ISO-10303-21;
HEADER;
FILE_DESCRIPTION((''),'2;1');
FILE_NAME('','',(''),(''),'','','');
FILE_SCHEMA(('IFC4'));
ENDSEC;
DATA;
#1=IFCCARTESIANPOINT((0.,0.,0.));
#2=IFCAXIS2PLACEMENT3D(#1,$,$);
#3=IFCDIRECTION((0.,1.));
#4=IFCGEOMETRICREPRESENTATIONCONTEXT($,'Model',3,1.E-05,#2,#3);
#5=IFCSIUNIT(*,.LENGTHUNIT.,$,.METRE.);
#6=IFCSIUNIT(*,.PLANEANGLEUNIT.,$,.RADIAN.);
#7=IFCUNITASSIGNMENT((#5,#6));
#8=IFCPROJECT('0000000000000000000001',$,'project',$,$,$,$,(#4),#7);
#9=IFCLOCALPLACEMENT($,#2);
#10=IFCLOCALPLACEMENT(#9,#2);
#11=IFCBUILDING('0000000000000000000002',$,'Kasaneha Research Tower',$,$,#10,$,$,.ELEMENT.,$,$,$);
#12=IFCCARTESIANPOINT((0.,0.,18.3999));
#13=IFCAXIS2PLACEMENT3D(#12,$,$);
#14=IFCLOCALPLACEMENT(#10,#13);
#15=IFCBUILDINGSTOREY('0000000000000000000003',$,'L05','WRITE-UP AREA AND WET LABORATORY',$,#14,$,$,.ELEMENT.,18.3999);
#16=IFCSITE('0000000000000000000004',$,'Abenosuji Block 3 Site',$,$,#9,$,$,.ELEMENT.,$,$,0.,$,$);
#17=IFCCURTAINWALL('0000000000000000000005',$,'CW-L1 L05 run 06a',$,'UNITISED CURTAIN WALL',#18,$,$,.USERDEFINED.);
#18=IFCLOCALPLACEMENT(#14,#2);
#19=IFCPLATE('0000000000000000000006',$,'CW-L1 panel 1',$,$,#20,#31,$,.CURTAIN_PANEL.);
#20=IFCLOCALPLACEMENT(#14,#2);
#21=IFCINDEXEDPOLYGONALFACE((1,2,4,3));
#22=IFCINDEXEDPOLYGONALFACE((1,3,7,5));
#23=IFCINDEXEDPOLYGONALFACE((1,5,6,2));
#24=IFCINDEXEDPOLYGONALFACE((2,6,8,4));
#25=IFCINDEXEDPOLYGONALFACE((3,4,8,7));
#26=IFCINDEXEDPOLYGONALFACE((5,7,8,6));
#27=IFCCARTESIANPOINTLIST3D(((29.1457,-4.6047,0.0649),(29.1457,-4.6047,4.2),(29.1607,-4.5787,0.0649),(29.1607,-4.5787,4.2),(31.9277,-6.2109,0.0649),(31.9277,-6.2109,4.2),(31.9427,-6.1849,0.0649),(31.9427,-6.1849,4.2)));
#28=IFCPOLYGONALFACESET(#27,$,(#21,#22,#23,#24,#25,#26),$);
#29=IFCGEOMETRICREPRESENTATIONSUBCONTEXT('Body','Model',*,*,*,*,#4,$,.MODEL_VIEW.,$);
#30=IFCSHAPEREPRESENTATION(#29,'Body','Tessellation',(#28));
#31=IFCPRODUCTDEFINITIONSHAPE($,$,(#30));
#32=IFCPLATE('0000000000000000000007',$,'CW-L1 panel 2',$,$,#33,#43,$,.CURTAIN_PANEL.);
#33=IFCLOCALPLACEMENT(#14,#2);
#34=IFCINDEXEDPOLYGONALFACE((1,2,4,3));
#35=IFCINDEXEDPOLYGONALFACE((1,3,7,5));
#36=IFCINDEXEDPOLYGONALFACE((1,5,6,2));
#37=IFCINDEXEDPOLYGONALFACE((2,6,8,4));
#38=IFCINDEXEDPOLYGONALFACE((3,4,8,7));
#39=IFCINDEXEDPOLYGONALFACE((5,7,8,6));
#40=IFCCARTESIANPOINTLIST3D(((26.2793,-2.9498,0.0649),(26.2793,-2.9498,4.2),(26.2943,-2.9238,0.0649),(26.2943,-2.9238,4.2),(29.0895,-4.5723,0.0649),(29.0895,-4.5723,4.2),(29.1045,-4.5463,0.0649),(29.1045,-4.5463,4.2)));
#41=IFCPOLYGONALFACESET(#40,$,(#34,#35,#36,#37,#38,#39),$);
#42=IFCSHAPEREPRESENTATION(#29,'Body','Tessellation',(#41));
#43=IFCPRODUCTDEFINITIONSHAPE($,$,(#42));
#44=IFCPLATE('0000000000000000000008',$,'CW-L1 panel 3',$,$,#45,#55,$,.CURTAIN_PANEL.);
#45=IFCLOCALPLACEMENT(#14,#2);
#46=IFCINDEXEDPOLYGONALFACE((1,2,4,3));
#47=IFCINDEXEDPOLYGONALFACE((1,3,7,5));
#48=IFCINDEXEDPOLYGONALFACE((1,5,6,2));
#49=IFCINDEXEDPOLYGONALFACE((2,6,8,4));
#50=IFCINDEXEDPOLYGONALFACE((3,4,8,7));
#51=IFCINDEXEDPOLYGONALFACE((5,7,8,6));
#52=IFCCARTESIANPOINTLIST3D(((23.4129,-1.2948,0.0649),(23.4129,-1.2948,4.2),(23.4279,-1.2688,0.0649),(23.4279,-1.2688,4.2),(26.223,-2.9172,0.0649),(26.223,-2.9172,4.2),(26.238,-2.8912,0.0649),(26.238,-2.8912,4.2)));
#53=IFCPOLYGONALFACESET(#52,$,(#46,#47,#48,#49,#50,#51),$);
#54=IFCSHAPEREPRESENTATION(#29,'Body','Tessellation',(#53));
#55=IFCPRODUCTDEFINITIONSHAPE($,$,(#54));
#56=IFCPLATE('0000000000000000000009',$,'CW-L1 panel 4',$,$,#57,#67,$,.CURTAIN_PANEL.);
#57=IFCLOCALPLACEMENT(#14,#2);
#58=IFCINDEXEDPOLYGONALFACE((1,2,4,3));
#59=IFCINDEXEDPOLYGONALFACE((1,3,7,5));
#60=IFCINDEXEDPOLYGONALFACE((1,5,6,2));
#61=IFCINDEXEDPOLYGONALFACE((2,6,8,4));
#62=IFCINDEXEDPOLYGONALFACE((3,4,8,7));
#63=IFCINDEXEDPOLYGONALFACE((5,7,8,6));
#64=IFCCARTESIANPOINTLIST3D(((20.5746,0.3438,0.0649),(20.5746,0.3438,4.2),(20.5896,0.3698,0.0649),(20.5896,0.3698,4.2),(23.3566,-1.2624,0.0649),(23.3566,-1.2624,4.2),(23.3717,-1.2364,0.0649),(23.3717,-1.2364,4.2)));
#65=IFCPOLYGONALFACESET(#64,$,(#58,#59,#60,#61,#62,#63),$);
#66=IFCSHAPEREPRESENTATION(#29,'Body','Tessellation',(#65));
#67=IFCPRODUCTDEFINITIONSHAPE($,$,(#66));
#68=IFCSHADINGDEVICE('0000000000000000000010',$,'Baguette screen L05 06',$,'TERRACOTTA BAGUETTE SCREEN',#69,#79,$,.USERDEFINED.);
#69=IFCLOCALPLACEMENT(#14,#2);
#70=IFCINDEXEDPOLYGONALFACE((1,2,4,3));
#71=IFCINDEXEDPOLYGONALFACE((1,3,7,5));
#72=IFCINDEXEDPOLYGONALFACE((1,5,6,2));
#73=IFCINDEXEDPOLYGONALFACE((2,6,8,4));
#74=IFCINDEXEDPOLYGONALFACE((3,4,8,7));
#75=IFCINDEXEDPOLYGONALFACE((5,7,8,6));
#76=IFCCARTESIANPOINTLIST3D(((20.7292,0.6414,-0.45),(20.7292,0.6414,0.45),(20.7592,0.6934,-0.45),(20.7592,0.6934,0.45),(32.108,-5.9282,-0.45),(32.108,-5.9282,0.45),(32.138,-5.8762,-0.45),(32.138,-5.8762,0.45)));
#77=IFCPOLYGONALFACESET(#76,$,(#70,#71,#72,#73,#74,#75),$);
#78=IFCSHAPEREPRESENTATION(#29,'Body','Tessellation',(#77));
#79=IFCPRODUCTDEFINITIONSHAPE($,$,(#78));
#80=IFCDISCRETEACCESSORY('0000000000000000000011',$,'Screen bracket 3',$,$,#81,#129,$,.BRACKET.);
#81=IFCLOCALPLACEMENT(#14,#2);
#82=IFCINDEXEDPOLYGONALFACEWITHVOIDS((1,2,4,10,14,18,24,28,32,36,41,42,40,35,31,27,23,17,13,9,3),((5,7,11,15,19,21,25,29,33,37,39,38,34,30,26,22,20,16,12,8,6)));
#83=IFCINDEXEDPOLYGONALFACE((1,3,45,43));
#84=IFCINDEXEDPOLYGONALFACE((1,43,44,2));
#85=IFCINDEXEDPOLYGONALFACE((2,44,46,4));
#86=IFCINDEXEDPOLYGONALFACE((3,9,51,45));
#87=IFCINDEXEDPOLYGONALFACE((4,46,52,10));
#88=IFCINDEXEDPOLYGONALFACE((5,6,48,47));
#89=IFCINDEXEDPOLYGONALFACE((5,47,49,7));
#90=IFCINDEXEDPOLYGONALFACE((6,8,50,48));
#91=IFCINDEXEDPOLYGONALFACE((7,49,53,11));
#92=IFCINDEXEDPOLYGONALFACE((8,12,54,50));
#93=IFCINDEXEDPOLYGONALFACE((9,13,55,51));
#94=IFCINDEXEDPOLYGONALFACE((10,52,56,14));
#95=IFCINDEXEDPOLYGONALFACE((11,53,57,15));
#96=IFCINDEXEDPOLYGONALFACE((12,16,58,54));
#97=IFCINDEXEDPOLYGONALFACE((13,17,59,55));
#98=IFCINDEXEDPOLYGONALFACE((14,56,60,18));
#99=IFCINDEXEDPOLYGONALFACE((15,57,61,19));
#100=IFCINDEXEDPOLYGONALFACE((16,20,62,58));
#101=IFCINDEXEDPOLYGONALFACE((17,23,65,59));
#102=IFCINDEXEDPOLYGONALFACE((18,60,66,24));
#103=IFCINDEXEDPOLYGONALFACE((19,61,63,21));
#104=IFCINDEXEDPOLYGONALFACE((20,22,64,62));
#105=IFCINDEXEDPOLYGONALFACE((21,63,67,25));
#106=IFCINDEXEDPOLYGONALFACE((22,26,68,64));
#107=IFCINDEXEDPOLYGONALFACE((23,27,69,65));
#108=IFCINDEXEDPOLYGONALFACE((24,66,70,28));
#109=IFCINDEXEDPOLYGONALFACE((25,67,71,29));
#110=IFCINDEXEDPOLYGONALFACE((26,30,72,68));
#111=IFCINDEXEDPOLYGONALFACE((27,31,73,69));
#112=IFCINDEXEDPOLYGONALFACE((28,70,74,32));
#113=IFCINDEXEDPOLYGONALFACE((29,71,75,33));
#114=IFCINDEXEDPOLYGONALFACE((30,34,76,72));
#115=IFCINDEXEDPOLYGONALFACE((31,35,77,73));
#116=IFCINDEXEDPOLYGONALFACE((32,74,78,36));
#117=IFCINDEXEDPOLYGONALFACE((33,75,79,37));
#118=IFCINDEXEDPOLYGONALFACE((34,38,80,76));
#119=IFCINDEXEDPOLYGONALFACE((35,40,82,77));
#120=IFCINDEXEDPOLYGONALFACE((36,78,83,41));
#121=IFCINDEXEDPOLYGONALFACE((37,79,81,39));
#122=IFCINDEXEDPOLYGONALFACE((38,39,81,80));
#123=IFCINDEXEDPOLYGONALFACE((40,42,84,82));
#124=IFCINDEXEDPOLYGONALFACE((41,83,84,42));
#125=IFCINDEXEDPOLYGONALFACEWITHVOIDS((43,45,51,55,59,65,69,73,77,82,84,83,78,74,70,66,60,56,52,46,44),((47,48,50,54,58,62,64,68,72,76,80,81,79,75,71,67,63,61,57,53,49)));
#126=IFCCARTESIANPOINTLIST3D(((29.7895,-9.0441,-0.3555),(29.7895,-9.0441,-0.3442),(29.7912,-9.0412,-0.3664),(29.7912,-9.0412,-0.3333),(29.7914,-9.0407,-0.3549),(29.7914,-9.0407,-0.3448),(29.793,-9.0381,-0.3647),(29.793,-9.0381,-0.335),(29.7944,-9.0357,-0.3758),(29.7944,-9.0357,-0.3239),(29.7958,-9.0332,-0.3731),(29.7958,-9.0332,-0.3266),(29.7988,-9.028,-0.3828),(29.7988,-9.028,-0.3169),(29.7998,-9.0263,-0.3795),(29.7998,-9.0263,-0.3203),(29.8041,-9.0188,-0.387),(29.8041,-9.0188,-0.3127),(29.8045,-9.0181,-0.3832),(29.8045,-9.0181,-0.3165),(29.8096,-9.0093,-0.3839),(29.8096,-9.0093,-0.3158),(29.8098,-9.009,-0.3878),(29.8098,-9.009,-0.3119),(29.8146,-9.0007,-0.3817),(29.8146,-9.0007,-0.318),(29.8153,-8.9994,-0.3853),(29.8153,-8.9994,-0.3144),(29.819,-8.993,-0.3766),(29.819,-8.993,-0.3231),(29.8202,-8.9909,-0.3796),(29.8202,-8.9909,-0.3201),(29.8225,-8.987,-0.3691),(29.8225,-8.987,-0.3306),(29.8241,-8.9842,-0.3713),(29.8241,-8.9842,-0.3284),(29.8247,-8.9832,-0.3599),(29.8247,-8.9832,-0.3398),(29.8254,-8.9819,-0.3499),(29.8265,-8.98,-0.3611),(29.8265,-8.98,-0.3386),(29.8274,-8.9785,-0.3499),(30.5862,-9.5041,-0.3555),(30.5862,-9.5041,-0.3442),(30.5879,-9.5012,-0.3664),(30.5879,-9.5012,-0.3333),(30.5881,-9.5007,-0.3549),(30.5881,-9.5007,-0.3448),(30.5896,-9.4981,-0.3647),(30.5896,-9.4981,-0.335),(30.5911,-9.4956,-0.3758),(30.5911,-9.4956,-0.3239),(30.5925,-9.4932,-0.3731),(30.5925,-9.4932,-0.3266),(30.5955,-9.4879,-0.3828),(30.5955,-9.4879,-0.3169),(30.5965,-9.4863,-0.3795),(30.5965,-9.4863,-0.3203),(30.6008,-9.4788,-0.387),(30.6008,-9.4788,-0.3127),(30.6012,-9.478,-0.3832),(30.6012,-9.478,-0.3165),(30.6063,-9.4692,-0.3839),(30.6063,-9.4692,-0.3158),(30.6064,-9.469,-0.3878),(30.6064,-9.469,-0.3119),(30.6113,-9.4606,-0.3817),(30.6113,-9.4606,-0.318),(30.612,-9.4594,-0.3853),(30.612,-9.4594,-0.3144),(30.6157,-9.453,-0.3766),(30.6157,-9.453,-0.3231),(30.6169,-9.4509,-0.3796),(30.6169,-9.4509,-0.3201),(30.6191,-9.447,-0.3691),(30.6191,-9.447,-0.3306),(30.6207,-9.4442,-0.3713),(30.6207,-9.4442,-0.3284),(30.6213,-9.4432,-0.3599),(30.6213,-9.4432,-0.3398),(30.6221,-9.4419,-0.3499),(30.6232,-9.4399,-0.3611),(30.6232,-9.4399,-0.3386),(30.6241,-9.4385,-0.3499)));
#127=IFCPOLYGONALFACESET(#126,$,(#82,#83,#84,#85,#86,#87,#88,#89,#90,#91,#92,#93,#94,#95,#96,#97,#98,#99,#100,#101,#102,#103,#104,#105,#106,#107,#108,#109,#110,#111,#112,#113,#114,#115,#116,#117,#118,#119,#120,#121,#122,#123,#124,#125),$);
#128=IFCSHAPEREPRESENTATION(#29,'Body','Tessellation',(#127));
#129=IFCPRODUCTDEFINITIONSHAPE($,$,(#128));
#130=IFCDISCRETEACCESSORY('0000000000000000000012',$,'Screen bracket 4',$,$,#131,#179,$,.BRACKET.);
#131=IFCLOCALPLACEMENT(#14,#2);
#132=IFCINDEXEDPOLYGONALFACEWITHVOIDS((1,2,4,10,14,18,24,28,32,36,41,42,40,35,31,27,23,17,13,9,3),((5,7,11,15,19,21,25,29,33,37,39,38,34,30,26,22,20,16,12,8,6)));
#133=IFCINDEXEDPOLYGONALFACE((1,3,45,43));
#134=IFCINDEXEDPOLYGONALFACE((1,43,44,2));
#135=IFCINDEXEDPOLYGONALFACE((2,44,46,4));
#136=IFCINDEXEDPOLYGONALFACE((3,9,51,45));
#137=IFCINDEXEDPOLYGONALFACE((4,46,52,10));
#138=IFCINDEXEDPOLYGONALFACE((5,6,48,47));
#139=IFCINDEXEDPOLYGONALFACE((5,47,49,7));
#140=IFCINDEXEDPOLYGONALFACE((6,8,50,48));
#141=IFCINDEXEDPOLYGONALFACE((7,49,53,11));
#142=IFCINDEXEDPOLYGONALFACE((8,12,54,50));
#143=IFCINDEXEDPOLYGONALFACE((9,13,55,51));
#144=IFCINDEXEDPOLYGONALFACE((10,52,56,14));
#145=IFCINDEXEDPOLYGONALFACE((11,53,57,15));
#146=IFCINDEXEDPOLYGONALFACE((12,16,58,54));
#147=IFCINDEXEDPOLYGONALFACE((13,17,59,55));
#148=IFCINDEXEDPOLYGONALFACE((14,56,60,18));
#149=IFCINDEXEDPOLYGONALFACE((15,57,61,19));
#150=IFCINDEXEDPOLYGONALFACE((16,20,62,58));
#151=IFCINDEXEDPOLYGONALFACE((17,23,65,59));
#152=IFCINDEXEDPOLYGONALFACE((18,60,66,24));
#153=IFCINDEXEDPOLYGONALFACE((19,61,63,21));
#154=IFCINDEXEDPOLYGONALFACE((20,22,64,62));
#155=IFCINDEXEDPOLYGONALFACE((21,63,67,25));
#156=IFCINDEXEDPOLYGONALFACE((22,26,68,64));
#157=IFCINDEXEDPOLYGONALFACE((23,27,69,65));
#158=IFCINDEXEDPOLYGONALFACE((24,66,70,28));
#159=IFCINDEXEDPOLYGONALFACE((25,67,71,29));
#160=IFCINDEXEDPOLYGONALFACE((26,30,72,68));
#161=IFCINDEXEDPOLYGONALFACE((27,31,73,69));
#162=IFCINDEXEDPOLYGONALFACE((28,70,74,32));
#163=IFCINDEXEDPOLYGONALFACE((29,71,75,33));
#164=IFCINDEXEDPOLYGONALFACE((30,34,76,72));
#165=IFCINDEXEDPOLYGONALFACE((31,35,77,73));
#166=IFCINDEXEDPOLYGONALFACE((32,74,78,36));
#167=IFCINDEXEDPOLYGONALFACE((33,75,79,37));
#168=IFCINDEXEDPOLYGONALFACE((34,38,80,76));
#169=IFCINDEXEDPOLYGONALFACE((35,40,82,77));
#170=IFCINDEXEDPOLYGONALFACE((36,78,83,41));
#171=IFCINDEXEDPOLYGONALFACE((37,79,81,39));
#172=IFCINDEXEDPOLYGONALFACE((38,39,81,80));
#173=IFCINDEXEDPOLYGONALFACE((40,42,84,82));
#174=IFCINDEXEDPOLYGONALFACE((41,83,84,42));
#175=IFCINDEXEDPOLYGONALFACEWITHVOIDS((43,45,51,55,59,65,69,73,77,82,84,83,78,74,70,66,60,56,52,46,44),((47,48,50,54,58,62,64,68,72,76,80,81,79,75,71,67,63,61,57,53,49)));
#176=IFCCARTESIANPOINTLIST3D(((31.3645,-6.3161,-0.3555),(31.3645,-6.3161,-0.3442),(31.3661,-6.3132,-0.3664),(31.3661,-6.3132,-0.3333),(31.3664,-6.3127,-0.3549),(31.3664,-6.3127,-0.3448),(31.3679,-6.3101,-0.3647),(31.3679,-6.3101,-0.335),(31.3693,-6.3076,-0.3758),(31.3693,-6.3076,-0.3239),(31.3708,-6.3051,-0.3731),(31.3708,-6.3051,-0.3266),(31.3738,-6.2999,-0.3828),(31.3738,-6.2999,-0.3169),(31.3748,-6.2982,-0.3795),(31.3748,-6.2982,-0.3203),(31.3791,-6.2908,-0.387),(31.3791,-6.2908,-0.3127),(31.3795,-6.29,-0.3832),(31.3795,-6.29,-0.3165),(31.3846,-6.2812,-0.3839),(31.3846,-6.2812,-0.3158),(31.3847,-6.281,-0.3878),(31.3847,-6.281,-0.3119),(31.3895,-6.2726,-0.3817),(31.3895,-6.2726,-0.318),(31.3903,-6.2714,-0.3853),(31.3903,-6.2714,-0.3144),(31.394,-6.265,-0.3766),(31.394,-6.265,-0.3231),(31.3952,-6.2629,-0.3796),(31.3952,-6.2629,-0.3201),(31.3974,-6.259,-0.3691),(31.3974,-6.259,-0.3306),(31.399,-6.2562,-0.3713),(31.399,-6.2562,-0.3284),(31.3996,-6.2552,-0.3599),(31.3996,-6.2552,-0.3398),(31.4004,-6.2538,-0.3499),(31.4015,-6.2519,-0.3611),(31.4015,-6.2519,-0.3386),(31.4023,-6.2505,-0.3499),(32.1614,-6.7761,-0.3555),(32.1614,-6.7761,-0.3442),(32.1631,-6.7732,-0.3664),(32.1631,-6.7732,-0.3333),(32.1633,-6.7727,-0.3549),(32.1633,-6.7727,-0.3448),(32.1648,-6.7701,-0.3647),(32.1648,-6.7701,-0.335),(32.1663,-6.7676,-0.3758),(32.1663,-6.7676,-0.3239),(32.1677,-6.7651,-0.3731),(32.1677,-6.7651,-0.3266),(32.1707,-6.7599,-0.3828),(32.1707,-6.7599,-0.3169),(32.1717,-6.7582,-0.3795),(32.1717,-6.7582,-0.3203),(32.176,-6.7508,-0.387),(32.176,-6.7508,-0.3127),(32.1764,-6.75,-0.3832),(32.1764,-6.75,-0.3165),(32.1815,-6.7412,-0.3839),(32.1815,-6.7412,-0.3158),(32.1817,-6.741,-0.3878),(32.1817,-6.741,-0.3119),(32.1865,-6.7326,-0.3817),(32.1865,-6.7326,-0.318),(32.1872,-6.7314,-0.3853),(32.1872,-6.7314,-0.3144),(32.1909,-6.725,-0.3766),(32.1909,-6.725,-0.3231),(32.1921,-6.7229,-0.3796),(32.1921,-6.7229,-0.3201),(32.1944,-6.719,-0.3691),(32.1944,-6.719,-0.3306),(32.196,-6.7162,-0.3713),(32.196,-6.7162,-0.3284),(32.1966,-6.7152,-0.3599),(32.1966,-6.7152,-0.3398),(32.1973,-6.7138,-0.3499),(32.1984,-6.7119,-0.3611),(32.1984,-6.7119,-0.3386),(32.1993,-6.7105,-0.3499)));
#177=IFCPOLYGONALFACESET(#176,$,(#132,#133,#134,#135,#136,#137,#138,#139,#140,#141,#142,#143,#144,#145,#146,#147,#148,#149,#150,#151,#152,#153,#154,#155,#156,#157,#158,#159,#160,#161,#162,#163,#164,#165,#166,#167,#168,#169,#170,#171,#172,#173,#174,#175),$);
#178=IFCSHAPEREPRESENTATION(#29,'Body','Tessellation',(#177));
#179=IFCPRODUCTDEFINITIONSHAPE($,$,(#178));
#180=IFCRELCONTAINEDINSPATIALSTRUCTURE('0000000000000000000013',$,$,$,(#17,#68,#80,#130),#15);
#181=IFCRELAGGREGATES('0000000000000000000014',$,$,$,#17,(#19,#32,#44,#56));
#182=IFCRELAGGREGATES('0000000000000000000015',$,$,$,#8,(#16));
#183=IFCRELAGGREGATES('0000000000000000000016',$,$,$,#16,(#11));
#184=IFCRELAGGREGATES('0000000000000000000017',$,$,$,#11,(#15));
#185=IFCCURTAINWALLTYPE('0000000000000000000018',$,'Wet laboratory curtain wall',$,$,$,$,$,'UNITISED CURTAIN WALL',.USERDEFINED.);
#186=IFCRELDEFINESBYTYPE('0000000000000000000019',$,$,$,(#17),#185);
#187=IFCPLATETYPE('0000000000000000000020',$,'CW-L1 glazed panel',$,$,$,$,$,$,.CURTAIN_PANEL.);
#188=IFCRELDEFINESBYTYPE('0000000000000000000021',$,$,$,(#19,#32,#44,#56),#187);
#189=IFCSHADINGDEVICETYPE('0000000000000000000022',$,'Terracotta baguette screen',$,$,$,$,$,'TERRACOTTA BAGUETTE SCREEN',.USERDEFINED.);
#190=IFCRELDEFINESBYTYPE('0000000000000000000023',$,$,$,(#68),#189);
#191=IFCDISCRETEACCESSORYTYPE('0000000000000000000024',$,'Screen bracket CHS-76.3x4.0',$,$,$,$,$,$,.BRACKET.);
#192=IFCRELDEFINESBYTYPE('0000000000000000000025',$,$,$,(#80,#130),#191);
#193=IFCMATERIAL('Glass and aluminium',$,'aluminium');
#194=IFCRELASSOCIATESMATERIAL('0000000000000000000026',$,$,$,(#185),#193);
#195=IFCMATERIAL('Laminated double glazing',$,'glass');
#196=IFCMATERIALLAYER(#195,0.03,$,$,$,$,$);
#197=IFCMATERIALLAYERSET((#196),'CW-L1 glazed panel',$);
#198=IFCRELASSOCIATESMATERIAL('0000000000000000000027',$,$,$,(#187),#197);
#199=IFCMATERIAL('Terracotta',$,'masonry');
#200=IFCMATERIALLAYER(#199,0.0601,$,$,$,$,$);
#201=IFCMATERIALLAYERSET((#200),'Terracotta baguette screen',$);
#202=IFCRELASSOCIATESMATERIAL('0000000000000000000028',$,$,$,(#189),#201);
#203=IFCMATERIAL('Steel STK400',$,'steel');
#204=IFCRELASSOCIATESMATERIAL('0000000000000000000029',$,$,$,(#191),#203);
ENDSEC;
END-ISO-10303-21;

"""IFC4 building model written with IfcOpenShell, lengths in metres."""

from ifc_helpers import new_model, si_unit, direction, frame, origin, origin_2d, place, context, subcontext, project, spatial, rectangle, hollow_circle, extrude, material, layer, layer_set, material_profile, profile_set, type_object, element, aggregate, save


model = new_model("IFC4")

# Units and contexts
model_context = context("Model", 3, precision=1e-05, world=origin(), true_north=direction((0.0, 1.0)))
body_context = subcontext(model_context, "Body", "Model", "MODEL_VIEW")
ifc_project = project(units=[si_unit("LENGTHUNIT", "METRE"), si_unit("PLANEANGLEUNIT", "RADIAN")], contexts=[model_context])

# Site, building, storey
site_placement = place(None, origin())
site = spatial("IfcSite", under=ifc_project, at=site_placement, Name="Abenosuji Block 3 Site", CompositionType="ELEMENT", RefElevation=0.0)
building_placement = place(site_placement, origin())
building = spatial("IfcBuilding", under=site, at=building_placement, Name="Kasaneha Research Tower", CompositionType="ELEMENT")
storey_placement = place(building_placement, frame((0.0, 0.0, 18.3999)))
storey = spatial("IfcBuildingStorey", under=building, at=storey_placement, Name="L05", Description="WRITE-UP AREA AND WET LABORATORY", CompositionType="ELEMENT", Elevation=18.3999)

# Curtain wall
ifc_material_1 = material(Name="Glass and aluminium", Category="aluminium")
curtain_wall_type = type_object("IfcCurtainWallType", Name="Wet laboratory curtain wall", ElementType="UNITISED CURTAIN WALL", PredefinedType="USERDEFINED", material=ifc_material_1)
curtain_wall_1_placement = place(storey_placement, origin())
curtain_wall_1 = element("IfcCurtainWall", 1, at=curtain_wall_1_placement, inside=storey, type_object=curtain_wall_type, Name="CW-L1 L05 run 06a", ObjectType="UNITISED CURTAIN WALL", PredefinedType="USERDEFINED")

# Plates
ifc_material_2 = material(Name="Laminated double glazing", Category="glass")
ifc_layer_1 = layer(ifc_material_2, 0.03)
ifc_layer_set_1 = layer_set([ifc_layer_1], Name="CW-L1 glazed panel")
plate_type = type_object("IfcPlateType", Name="CW-L1 glazed panel", PredefinedType="CURTAIN_PANEL", material=ifc_layer_set_1)
plate_1_placement = place(storey_placement, frame((30.5442, -5.3948, 0.0649), z_axis=(0.0, 0.0, 1.0), x_axis=(-0.866025, 0.5, 0.0)))
plate_1 = element("IfcPlate", 2, at=plate_1_placement, type_object=plate_type, Name="CW-L1 panel 1", PredefinedType="CURTAIN_PANEL", context=body_context, shape_type="SweptSolid", body=[
    extrude(rectangle(XDim=3.2124, YDim=0.03, at=origin_2d()), origin(), (0.0, 0.0, 1.0), 4.135),
])
plate_2_placement = place(storey_placement, frame((27.6919, -3.748, 0.0649), z_axis=(0.0, 0.0, 1.0), x_axis=(-0.866025, 0.5, 0.0)))
plate_2 = element("IfcPlate", 3, at=plate_2_placement, type_object=plate_type, Name="CW-L1 panel 2", PredefinedType="CURTAIN_PANEL", context=body_context, shape_type="SweptSolid", body=[
    extrude(rectangle(XDim=3.2449, YDim=0.03, at=origin_2d()), origin(), (0.0, 0.0, 1.0), 4.135),
])
plate_3_placement = place(storey_placement, frame((24.8254, -2.093, 0.0649), z_axis=(0.0, 0.0, 1.0), x_axis=(-0.866025, 0.5, 0.0)))
plate_3 = element("IfcPlate", 4, at=plate_3_placement, type_object=plate_type, Name="CW-L1 panel 3", PredefinedType="CURTAIN_PANEL", context=body_context, shape_type="SweptSolid", body=[
    extrude(rectangle(XDim=3.2449, YDim=0.03, at=origin_2d()), origin(), (0.0, 0.0, 1.0), 4.135),
])
plate_4_placement = place(storey_placement, frame((21.9731, -0.4463, 0.0649), z_axis=(0.0, 0.0, 1.0), x_axis=(-0.866025, 0.5, 0.0)))
plate_4 = element("IfcPlate", 5, at=plate_4_placement, type_object=plate_type, Name="CW-L1 panel 4", PredefinedType="CURTAIN_PANEL", context=body_context, shape_type="SweptSolid", body=[
    extrude(rectangle(XDim=3.2124, YDim=0.03, at=origin_2d()), origin(), (0.0, 0.0, 1.0), 4.135),
])
aggregate(curtain_wall_1, [plate_1, plate_2, plate_3, plate_4])

# Shading device
ifc_material_3 = material(Name="Terracotta", Category="masonry")
ifc_layer_2 = layer(ifc_material_3, 0.0601)
ifc_layer_set_2 = layer_set([ifc_layer_2], Name="Terracotta baguette screen")
shading_device_type = type_object("IfcShadingDeviceType", Name="Terracotta baguette screen", ElementType="TERRACOTTA BAGUETTE SCREEN", PredefinedType="USERDEFINED", material=ifc_layer_set_2)
shading_device_placement = place(storey_placement, frame((26.4336, -2.6174, -0.45), z_axis=(0.0, 0.0, 1.0), x_axis=(-0.866025, 0.5, 0.0)))
element("IfcShadingDevice", 6, at=shading_device_placement, inside=storey, type_object=shading_device_type, Name="Baguette screen L05 06", ObjectType="TERRACOTTA BAGUETTE SCREEN", PredefinedType="USERDEFINED", context=body_context, shape_type="SweptSolid", body=[
    extrude(rectangle(XDim=13.1392, YDim=0.0601, at=origin_2d()), origin(), (0.0, 0.0, 1.0), 0.8999),
])

# Discrete accessories
ifc_material_4 = material(Name="Steel STK400", Category="steel")
ifc_material_profile_1 = material_profile(ifc_material_4, hollow_circle(Radius=0.0381, WallThickness=0.0039, at=origin_2d()), Name="CHS-76.3x4.0")
ifc_profile_set_1 = profile_set([ifc_material_profile_1], Name="Steel STK400")
discrete_accessory_type = type_object("IfcDiscreteAccessoryType", Name="Screen bracket CHS-76.3x4.0", PredefinedType="BRACKET", material=ifc_profile_set_1)
discrete_accessory_1_placement = place(storey_placement, frame((29.8083, -9.0115, -0.3499), z_axis=(0.866013, -0.500021, 0.0), x_axis=(0.500021, 0.866013, 0.0)))
element("IfcDiscreteAccessory", 7, at=discrete_accessory_1_placement, inside=storey, type_object=discrete_accessory_type, Name="Screen bracket 3", PredefinedType="BRACKET", context=body_context, shape_type="SweptSolid", body=[
    extrude(hollow_circle(Radius=0.0381, WallThickness=0.0039, at=origin_2d()), origin(), (0.0, 0.0, 1.0), 0.9199),
])
discrete_accessory_2_placement = place(storey_placement, frame((31.3833, -6.2834, -0.3499), z_axis=(0.86608, -0.499906, 0.0), x_axis=(0.499906, 0.86608, 0.0)))
element("IfcDiscreteAccessory", 8, at=discrete_accessory_2_placement, inside=storey, type_object=discrete_accessory_type, Name="Screen bracket 4", PredefinedType="BRACKET", context=body_context, shape_type="SweptSolid", body=[
    extrude(hollow_circle(Radius=0.0381, WallThickness=0.0039, at=origin_2d()), origin(), (0.0, 0.0, 1.0), 0.9202),
])

save(model, "model.ifc")
